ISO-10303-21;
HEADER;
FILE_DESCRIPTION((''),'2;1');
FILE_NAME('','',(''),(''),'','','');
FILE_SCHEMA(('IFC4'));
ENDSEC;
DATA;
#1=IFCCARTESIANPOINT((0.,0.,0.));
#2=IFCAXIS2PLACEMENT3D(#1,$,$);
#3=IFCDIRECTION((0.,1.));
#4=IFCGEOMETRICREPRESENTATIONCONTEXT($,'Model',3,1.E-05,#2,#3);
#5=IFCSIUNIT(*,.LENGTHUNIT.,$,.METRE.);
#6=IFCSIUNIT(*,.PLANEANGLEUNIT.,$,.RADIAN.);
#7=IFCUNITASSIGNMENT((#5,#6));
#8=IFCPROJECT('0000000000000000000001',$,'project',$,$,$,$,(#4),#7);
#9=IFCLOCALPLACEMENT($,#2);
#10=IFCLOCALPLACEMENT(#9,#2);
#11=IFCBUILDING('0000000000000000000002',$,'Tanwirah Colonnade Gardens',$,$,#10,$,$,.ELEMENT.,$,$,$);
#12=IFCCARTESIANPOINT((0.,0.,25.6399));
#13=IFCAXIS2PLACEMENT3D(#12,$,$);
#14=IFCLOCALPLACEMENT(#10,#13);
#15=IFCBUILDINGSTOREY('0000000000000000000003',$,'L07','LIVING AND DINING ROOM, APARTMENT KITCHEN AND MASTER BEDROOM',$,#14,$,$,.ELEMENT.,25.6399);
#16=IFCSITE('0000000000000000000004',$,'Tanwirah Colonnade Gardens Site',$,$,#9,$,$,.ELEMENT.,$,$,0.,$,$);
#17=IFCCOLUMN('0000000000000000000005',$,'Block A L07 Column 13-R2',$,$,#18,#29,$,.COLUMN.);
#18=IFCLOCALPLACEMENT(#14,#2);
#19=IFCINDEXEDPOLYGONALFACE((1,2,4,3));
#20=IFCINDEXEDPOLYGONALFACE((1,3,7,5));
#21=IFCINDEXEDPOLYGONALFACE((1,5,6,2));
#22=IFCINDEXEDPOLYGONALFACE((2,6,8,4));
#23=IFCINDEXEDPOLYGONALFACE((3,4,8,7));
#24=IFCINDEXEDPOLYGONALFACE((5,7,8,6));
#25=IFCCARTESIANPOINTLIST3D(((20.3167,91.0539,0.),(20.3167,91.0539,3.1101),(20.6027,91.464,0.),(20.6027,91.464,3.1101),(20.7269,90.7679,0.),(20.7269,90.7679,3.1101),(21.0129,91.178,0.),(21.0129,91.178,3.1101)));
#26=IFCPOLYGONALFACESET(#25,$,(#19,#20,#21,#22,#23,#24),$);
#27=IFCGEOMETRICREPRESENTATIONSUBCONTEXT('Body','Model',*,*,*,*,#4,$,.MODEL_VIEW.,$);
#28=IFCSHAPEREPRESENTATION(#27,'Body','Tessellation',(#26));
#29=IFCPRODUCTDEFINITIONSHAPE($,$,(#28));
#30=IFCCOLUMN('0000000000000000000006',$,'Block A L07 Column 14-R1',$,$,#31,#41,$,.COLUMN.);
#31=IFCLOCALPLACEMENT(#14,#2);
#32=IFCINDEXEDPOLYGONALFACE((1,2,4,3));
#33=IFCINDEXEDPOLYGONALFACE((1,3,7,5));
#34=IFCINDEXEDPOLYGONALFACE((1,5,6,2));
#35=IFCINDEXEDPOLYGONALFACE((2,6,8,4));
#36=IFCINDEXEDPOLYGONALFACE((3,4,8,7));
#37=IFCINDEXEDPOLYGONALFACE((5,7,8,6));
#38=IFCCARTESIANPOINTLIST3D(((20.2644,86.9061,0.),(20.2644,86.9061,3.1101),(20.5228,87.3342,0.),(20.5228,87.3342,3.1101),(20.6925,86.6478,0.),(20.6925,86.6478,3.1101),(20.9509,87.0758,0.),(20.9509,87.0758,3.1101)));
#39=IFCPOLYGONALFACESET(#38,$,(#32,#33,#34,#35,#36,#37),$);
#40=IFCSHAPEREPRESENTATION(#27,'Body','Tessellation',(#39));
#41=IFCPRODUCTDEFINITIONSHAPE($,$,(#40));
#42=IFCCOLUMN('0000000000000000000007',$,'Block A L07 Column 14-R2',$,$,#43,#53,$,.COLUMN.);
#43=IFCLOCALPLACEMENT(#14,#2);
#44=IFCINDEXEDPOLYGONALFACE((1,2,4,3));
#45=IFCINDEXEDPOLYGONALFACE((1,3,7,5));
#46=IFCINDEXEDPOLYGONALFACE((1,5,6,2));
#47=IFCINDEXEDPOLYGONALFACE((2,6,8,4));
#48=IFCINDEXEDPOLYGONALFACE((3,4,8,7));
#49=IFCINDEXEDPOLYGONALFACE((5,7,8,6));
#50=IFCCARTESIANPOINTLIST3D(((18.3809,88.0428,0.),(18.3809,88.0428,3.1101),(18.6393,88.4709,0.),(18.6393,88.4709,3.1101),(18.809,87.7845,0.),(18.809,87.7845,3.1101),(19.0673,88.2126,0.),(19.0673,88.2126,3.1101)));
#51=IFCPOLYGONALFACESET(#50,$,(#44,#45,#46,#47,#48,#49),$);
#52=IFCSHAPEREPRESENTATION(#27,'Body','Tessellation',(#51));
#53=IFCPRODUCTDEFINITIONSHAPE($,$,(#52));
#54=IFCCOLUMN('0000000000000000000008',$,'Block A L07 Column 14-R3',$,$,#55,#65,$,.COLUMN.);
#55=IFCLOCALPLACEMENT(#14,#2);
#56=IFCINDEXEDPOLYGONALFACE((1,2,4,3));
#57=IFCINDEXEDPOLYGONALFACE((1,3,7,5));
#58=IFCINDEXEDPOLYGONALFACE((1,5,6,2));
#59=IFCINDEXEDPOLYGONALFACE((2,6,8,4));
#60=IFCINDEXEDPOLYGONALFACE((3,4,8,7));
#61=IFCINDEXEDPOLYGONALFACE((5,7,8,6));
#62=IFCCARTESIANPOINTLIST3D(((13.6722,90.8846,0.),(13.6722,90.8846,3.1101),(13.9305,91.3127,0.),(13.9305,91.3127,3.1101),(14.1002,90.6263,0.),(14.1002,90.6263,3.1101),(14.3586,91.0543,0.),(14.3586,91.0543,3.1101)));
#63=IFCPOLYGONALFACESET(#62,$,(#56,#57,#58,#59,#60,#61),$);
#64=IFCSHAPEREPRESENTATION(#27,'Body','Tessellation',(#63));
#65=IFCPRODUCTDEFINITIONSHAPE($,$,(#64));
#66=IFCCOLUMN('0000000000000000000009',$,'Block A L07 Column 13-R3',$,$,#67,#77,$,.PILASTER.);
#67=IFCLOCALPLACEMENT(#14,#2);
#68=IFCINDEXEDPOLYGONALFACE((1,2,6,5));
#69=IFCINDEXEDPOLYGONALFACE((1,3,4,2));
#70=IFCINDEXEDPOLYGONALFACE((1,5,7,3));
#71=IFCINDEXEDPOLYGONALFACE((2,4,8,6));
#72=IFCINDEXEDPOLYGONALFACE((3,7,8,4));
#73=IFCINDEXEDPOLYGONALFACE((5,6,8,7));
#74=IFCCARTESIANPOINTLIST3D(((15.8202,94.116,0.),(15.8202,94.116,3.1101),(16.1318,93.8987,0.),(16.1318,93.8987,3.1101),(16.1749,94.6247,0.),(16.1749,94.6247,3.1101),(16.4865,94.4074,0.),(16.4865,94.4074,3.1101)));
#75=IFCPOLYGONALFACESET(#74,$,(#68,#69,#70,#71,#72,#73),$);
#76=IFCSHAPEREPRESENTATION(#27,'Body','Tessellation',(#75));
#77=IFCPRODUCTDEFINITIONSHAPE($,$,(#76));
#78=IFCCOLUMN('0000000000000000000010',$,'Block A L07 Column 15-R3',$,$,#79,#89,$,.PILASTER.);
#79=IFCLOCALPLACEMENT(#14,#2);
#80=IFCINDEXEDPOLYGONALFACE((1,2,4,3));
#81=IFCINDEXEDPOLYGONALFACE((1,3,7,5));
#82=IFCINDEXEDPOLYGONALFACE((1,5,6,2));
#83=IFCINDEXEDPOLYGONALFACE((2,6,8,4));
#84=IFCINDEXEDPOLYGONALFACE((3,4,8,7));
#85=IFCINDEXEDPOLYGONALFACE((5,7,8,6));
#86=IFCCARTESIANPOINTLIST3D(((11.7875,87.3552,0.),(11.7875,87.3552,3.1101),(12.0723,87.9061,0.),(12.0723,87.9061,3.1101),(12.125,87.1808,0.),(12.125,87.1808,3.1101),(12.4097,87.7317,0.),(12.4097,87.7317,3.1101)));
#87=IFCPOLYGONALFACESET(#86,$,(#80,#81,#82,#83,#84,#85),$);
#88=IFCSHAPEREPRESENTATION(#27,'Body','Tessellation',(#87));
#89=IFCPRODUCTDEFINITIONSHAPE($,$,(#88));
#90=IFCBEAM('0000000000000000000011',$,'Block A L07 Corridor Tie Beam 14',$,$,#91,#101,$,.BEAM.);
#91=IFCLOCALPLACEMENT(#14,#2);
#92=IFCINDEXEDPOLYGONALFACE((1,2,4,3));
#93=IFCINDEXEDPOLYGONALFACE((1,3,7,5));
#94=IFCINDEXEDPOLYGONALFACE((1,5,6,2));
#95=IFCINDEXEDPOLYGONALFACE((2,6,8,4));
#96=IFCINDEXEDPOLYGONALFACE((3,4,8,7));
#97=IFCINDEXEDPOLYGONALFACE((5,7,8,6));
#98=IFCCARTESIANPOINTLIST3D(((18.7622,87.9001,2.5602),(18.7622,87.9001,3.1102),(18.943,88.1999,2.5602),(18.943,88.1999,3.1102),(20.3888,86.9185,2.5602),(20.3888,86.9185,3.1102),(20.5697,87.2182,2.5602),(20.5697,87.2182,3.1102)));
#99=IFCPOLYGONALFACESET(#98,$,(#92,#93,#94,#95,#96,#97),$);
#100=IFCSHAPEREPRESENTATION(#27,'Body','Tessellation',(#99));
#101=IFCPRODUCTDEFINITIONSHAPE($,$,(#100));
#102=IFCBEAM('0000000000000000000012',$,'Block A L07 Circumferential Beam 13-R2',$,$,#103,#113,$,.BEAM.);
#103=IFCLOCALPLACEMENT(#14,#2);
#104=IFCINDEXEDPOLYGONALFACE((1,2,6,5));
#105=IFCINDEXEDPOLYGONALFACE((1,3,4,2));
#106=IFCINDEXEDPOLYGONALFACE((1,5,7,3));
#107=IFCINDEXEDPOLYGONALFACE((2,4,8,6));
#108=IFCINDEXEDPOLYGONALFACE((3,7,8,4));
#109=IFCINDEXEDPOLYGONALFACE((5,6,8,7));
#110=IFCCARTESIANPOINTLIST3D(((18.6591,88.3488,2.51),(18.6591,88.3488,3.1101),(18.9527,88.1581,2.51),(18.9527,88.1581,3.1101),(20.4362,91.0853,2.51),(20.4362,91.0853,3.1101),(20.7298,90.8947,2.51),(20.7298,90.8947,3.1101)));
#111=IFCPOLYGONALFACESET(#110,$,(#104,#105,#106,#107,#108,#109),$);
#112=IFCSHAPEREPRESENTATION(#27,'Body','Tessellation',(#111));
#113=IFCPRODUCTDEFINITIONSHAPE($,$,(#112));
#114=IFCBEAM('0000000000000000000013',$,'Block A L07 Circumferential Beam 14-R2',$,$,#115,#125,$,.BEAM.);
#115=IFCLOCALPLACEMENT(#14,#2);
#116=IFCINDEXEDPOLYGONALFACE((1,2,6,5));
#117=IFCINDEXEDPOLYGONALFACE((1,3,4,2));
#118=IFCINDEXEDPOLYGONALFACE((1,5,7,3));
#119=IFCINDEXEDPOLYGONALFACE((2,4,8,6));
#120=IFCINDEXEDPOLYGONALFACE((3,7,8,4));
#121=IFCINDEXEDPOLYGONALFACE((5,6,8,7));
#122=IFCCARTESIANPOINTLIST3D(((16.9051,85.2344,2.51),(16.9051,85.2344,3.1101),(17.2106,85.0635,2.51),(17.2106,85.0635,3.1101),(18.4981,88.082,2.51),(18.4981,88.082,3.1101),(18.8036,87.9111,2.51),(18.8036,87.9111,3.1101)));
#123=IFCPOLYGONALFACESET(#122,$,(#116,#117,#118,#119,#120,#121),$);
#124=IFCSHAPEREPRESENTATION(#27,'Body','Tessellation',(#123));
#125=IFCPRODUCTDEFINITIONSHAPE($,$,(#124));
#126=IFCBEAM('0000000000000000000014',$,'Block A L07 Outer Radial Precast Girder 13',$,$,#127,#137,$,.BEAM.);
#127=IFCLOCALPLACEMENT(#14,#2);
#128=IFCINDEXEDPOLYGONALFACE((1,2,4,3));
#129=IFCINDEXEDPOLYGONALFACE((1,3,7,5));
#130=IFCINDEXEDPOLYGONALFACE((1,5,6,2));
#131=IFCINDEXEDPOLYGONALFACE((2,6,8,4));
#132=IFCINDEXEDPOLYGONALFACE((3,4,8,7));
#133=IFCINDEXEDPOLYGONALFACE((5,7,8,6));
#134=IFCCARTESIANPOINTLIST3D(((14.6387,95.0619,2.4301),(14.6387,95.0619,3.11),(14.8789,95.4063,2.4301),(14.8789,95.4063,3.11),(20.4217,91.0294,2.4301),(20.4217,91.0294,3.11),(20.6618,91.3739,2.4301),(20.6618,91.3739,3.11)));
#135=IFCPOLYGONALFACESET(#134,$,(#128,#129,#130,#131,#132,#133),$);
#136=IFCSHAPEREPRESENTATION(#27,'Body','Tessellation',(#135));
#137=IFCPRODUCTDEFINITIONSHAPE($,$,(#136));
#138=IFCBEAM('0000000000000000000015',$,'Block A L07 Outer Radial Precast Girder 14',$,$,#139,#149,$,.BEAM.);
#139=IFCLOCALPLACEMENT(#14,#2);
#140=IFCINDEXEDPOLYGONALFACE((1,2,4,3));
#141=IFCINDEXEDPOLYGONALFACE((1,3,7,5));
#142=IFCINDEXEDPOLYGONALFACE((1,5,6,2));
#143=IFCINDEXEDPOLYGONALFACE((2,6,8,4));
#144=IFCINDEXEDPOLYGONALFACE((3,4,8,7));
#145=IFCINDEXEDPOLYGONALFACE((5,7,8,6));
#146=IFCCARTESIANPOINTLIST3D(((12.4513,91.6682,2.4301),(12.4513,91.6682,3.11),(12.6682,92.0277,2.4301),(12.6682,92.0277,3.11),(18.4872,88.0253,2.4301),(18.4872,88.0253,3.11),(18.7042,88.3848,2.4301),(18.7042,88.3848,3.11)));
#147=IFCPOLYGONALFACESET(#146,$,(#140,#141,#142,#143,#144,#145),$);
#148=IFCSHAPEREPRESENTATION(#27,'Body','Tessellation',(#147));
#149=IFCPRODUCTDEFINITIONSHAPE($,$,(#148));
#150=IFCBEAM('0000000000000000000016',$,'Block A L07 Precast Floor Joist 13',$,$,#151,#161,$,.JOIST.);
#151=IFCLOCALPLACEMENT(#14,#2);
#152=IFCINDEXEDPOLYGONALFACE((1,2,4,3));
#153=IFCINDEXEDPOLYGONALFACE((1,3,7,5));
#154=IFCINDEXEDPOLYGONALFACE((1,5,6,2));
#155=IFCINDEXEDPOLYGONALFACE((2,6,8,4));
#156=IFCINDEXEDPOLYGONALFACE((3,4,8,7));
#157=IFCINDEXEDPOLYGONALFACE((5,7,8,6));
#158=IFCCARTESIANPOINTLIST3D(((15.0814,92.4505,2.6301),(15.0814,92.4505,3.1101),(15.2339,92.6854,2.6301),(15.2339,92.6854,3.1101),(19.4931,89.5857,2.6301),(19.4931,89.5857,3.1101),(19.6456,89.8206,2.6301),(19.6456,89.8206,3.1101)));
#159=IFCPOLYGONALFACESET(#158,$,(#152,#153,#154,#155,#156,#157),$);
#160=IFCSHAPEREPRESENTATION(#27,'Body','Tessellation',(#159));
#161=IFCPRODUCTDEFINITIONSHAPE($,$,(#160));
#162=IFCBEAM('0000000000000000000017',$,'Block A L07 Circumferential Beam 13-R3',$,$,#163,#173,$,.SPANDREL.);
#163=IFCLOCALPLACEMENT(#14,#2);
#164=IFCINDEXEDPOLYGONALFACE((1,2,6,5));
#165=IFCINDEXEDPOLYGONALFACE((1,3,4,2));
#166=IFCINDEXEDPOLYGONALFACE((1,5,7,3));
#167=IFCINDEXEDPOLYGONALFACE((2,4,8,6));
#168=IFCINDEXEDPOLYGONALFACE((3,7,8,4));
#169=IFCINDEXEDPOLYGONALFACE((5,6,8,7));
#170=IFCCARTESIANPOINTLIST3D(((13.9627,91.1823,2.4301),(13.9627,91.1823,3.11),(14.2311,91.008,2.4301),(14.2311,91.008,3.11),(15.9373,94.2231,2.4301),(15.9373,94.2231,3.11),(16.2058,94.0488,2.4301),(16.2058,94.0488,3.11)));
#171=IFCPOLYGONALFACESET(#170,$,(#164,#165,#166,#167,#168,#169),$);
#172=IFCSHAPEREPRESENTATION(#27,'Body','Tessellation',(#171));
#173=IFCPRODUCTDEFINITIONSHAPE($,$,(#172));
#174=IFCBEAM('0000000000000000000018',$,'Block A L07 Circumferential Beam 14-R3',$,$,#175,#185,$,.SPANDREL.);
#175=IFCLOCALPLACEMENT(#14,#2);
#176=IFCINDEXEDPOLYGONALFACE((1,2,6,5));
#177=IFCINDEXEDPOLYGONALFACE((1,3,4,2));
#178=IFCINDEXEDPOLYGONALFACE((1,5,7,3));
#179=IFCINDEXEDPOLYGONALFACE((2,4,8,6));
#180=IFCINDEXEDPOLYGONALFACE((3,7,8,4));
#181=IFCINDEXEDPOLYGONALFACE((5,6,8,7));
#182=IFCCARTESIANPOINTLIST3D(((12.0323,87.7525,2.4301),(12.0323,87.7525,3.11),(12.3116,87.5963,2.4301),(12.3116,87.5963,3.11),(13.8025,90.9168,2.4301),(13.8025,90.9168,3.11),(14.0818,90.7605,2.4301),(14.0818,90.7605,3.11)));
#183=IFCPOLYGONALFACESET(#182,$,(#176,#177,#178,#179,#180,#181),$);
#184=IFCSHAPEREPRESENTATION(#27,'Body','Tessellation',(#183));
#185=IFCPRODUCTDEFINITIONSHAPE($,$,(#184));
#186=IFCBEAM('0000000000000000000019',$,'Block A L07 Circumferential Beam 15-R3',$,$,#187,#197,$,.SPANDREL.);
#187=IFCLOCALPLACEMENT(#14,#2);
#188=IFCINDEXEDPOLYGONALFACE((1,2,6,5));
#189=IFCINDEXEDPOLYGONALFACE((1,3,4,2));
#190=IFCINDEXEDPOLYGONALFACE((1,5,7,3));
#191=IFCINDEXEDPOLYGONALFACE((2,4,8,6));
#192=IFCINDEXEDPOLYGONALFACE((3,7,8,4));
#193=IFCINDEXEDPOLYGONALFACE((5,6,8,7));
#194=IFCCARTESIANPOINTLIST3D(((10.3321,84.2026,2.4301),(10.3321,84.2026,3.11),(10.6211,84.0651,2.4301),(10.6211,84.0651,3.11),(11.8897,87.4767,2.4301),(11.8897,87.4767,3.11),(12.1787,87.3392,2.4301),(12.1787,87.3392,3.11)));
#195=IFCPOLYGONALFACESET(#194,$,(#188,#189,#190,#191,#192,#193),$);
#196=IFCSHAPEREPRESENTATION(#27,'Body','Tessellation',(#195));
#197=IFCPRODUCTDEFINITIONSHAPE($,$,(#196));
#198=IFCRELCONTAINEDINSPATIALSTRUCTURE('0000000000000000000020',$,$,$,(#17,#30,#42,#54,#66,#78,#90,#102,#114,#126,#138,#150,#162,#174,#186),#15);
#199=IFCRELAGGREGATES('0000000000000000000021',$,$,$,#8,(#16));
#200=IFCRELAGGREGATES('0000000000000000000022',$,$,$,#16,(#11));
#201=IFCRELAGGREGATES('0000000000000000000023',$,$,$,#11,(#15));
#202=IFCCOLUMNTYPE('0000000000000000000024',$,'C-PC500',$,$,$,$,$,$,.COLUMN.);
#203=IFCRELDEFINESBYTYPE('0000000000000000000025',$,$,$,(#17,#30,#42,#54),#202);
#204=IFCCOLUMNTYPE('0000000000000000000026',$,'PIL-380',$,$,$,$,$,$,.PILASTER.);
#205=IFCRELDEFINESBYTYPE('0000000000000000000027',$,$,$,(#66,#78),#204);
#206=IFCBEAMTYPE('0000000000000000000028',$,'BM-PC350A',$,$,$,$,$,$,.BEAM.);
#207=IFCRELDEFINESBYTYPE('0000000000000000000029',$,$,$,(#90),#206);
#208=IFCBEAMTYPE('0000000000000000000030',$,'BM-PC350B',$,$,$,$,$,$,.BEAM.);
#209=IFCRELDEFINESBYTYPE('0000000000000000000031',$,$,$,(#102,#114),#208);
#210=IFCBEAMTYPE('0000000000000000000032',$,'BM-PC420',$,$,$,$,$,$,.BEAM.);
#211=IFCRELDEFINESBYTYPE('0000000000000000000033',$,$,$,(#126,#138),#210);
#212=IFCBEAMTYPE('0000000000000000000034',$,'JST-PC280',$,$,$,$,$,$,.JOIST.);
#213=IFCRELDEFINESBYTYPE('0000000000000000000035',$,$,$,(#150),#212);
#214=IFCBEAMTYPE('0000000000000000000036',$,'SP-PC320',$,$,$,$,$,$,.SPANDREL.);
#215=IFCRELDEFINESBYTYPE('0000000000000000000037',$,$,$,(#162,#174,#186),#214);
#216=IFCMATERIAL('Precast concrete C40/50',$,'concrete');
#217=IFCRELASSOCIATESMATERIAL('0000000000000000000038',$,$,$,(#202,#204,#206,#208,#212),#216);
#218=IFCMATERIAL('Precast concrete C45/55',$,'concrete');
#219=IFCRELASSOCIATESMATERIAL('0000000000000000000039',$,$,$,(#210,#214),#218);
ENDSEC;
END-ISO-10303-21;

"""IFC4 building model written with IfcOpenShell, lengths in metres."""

from ifc_helpers import new_model, si_unit, direction, frame, origin, origin_2d, place, context, subcontext, project, spatial, rectangle, extrude, material, material_profile, profile_set, type_object, element, save


model = new_model("IFC4")

# Units and contexts
model_context = context("Model", 3, precision=1e-05, world=origin(), true_north=direction((0.0, 1.0)))
body_context = subcontext(model_context, "Body", "Model", "MODEL_VIEW")
ifc_project = project(units=[si_unit("LENGTHUNIT", "METRE"), si_unit("PLANEANGLEUNIT", "RADIAN")], contexts=[model_context])

# Site, building, storey
site_placement = place(None, origin())
site = spatial("IfcSite", under=ifc_project, at=site_placement, Name="Tanwirah Colonnade Gardens Site", CompositionType="ELEMENT", RefElevation=0.0)
building_placement = place(site_placement, origin())
building = spatial("IfcBuilding", under=site, at=building_placement, Name="Tanwirah Colonnade Gardens", CompositionType="ELEMENT")
storey_placement = place(building_placement, frame((0.0, 0.0, 25.6399)))
storey = spatial("IfcBuildingStorey", under=building, at=storey_placement, Name="L07", Description="LIVING AND DINING ROOM, APARTMENT KITCHEN AND MASTER BEDROOM", CompositionType="ELEMENT", Elevation=25.6399)

# Columns
ifc_material_1 = material(Name="Precast concrete C40/50", Category="concrete")
ifc_material_profile_1 = material_profile(ifc_material_1, rectangle(XDim=0.5, YDim=0.5, at=origin_2d()), Name="PC-COL 500x500")
ifc_profile_set_1 = profile_set([ifc_material_profile_1], Name="Precast concrete C40/50")
column_type_1 = type_object("IfcColumnType", Name="C-PC500", PredefinedType="COLUMN", material=ifc_profile_set_1)
for number, where, z_axis, x_axis, name in (
    (1, (20.6648, 91.116, 0.0), (0.0, 0.0, 1.0), (-0.820263, 0.571987, 0.0), "Block A L07 Column 13-R2"),
    (2, (20.6077, 86.991, 0.0), (0.0, 0.0, 1.0), (-0.856167, 0.516699, 0.0), "Block A L07 Column 14-R1"),
    (3, (18.7241, 88.1277, 0.0), (0.0, 0.0, 1.0), (-0.856167, 0.516699, 0.0), "Block A L07 Column 14-R2"),
    (4, (14.0154, 90.9695, 0.0), (0.0, 0.0, 1.0), (-0.856167, 0.516699, 0.0), "Block A L07 Column 14-R3"),
):
    element("IfcColumn", number, at=place(storey_placement, frame(where, z_axis=z_axis, x_axis=x_axis)), inside=storey, type_object=column_type_1, Name=name, PredefinedType="COLUMN", context=body_context, shape_type="SweptSolid", body=[
        extrude(rectangle(XDim=0.5, YDim=0.5, at=origin_2d()), origin(), (0.0, 0.0, 1.0), 3.1101),
    ])
ifc_material_profile_2 = material_profile(ifc_material_1, rectangle(XDim=0.3799, YDim=0.6201, at=origin_2d()), Name="PC-PIL 380x620")
ifc_profile_set_2 = profile_set([ifc_material_profile_2], Name="Precast concrete C40/50")
column_type_2 = type_object("IfcColumnType", Name="PIL-380", PredefinedType="PILASTER", material=ifc_profile_set_2)
for number, where, z_axis, x_axis, name in (
    (5, (16.1533, 94.2617, 0.0), (0.0, 0.0, 1.0), (-0.820263, 0.571987, 0.0), "Block A L07 Column 13-R3"),
    (6, (12.0986, 87.5435, 0.0), (0.0, 0.0, 1.0), (-0.88835, 0.459166, 0.0), "Block A L07 Column 15-R3"),
):
    element("IfcColumn", number, at=place(storey_placement, frame(where, z_axis=z_axis, x_axis=x_axis)), inside=storey, type_object=column_type_2, Name=name, PredefinedType="PILASTER", context=body_context, shape_type="SweptSolid", body=[
        extrude(rectangle(XDim=0.3799, YDim=0.6201, at=origin_2d()), origin(), (0.0, 0.0, 1.0), 3.1101),
    ])

# Beams
ifc_material_profile_3 = material_profile(ifc_material_1, rectangle(XDim=0.3501, YDim=0.55, at=origin_2d()), Name="PC-BM 350x550")
ifc_profile_set_3 = profile_set([ifc_material_profile_3], Name="Precast concrete C40/50")
beam_type_1 = type_object("IfcBeamType", Name="BM-PC350A", PredefinedType="BEAM", material=ifc_profile_set_3)
beam_1_placement = place(storey_placement, frame((20.4792, 87.0684, 2.8352), z_axis=(-0.856175, 0.516686, 0.0), x_axis=(-0.516686, -0.856175, 0.0)))
element("IfcBeam", 7, at=beam_1_placement, inside=storey, type_object=beam_type_1, Name="Block A L07 Corridor Tie Beam 14", PredefinedType="BEAM", context=body_context, shape_type="SweptSolid", body=[
    extrude(rectangle(XDim=0.3501, YDim=0.55, at=origin_2d()), origin(), (0.0, 0.0, 1.0), 1.8999),
])
ifc_material_profile_4 = material_profile(ifc_material_1, rectangle(XDim=0.3501, YDim=0.6001, at=origin_2d()), Name="PC-BM 350x600")
ifc_profile_set_4 = profile_set([ifc_material_profile_4], Name="Precast concrete C40/50")
beam_type_2 = type_object("IfcBeamType", Name="BM-PC350B", PredefinedType="BEAM", material=ifc_profile_set_4)
for number, where, z_axis, x_axis, name in (
    (8, (20.583, 90.99, 2.8101), (-0.544628, -0.838678, 0.0), (0.838678, -0.544628, 0.0), "Block A L07 Circumferential Beam 13-R2"),
    (9, (18.6509, 87.9966, 2.8101), (-0.488214, -0.872724, 0.0), (0.872724, -0.488214, 0.0), "Block A L07 Circumferential Beam 14-R2"),
):
    element("IfcBeam", number, at=place(storey_placement, frame(where, z_axis=z_axis, x_axis=x_axis)), inside=storey, type_object=beam_type_2, Name=name, PredefinedType="BEAM", context=body_context, shape_type="SweptSolid", body=[
        extrude(rectangle(XDim=0.3501, YDim=0.6001, at=origin_2d()), origin(), (0.0, 0.0, 1.0), 3.2629),
    ])
ifc_material_2 = material(Name="Precast concrete C45/55", Category="concrete")
ifc_material_profile_5 = material_profile(ifc_material_2, rectangle(XDim=0.4199, YDim=0.6799, at=origin_2d()), Name="PC-BM 420x680")
ifc_profile_set_5 = profile_set([ifc_material_profile_5], Name="Precast concrete C45/55")
beam_type_3 = type_object("IfcBeamType", Name="BM-PC420", PredefinedType="BEAM", material=ifc_profile_set_5)
for number, where, z_axis, x_axis, name in (
    (10, (20.5417, 91.2017, 2.77), (-0.82027, 0.571976, 0.0), (-0.571976, -0.82027, 0.0), "Block A L07 Outer Radial Precast Girder 13"),
    (11, (18.5957, 88.2051, 2.77), (-0.856158, 0.516714, 0.0), (-0.516714, -0.856158, 0.0), "Block A L07 Outer Radial Precast Girder 14"),
):
    element("IfcBeam", number, at=place(storey_placement, frame(where, z_axis=z_axis, x_axis=x_axis)), inside=storey, type_object=beam_type_3, Name=name, PredefinedType="BEAM", context=body_context, shape_type="SweptSolid", body=[
        extrude(rectangle(XDim=0.4199, YDim=0.6799, at=origin_2d()), origin(), (0.0, 0.0, 1.0), 7.05),
    ])
ifc_material_profile_6 = material_profile(ifc_material_1, rectangle(XDim=0.28, YDim=0.48, at=origin_2d()), Name="PC-JST 280x480")
ifc_profile_set_6 = profile_set([ifc_material_profile_6], Name="Precast concrete C40/50")
beam_type_4 = type_object("IfcBeamType", Name="JST-PC280", PredefinedType="JOIST", material=ifc_profile_set_6)
beam_2_placement = place(storey_placement, frame((19.5693, 89.7031, 2.8701), z_axis=(-0.838687, 0.544613, 0.0), x_axis=(-0.544613, -0.838687, 0.0)))
element("IfcBeam", 12, at=beam_2_placement, inside=storey, type_object=beam_type_4, Name="Block A L07 Precast Floor Joist 13", PredefinedType="JOIST", context=body_context, shape_type="SweptSolid", body=[
    extrude(rectangle(XDim=0.28, YDim=0.48, at=origin_2d()), origin(), (0.0, 0.0, 1.0), 5.2603),
])
ifc_material_profile_7 = material_profile(ifc_material_2, rectangle(XDim=0.3201, YDim=0.6799, at=origin_2d()), Name="PC-SP 320x680")
ifc_profile_set_7 = profile_set([ifc_material_profile_7], Name="Precast concrete C45/55")
beam_type_5 = type_object("IfcBeamType", Name="SP-PC320", PredefinedType="SPANDREL", material=ifc_profile_set_7)
for number, where, z_axis, x_axis, name in (
    (13, (16.0715, 94.136, 2.77), (-0.544621, -0.838682, 0.0), (0.838682, -0.544621, 0.0), "Block A L07 Circumferential Beam 13-R3"),
    (14, (13.9421, 90.8386, 2.77), (-0.488236, -0.872711, 0.0), (0.872711, -0.488236, 0.0), "Block A L07 Circumferential Beam 14-R3"),
    (15, (12.0342, 87.408, 2.77), (-0.429594, -0.903022, 0.0), (0.903022, -0.429594, 0.0), "Block A L07 Circumferential Beam 15-R3"),
):
    element("IfcBeam", number, at=place(storey_placement, frame(where, z_axis=z_axis, x_axis=x_axis)), inside=storey, type_object=beam_type_5, Name=name, PredefinedType="SPANDREL", context=body_context, shape_type="SweptSolid", body=[
        extrude(rectangle(XDim=0.3201, YDim=0.6799, at=origin_2d()), origin(), (0.0, 0.0, 1.0), 3.6257),
    ])

save(model, "model.ifc")
